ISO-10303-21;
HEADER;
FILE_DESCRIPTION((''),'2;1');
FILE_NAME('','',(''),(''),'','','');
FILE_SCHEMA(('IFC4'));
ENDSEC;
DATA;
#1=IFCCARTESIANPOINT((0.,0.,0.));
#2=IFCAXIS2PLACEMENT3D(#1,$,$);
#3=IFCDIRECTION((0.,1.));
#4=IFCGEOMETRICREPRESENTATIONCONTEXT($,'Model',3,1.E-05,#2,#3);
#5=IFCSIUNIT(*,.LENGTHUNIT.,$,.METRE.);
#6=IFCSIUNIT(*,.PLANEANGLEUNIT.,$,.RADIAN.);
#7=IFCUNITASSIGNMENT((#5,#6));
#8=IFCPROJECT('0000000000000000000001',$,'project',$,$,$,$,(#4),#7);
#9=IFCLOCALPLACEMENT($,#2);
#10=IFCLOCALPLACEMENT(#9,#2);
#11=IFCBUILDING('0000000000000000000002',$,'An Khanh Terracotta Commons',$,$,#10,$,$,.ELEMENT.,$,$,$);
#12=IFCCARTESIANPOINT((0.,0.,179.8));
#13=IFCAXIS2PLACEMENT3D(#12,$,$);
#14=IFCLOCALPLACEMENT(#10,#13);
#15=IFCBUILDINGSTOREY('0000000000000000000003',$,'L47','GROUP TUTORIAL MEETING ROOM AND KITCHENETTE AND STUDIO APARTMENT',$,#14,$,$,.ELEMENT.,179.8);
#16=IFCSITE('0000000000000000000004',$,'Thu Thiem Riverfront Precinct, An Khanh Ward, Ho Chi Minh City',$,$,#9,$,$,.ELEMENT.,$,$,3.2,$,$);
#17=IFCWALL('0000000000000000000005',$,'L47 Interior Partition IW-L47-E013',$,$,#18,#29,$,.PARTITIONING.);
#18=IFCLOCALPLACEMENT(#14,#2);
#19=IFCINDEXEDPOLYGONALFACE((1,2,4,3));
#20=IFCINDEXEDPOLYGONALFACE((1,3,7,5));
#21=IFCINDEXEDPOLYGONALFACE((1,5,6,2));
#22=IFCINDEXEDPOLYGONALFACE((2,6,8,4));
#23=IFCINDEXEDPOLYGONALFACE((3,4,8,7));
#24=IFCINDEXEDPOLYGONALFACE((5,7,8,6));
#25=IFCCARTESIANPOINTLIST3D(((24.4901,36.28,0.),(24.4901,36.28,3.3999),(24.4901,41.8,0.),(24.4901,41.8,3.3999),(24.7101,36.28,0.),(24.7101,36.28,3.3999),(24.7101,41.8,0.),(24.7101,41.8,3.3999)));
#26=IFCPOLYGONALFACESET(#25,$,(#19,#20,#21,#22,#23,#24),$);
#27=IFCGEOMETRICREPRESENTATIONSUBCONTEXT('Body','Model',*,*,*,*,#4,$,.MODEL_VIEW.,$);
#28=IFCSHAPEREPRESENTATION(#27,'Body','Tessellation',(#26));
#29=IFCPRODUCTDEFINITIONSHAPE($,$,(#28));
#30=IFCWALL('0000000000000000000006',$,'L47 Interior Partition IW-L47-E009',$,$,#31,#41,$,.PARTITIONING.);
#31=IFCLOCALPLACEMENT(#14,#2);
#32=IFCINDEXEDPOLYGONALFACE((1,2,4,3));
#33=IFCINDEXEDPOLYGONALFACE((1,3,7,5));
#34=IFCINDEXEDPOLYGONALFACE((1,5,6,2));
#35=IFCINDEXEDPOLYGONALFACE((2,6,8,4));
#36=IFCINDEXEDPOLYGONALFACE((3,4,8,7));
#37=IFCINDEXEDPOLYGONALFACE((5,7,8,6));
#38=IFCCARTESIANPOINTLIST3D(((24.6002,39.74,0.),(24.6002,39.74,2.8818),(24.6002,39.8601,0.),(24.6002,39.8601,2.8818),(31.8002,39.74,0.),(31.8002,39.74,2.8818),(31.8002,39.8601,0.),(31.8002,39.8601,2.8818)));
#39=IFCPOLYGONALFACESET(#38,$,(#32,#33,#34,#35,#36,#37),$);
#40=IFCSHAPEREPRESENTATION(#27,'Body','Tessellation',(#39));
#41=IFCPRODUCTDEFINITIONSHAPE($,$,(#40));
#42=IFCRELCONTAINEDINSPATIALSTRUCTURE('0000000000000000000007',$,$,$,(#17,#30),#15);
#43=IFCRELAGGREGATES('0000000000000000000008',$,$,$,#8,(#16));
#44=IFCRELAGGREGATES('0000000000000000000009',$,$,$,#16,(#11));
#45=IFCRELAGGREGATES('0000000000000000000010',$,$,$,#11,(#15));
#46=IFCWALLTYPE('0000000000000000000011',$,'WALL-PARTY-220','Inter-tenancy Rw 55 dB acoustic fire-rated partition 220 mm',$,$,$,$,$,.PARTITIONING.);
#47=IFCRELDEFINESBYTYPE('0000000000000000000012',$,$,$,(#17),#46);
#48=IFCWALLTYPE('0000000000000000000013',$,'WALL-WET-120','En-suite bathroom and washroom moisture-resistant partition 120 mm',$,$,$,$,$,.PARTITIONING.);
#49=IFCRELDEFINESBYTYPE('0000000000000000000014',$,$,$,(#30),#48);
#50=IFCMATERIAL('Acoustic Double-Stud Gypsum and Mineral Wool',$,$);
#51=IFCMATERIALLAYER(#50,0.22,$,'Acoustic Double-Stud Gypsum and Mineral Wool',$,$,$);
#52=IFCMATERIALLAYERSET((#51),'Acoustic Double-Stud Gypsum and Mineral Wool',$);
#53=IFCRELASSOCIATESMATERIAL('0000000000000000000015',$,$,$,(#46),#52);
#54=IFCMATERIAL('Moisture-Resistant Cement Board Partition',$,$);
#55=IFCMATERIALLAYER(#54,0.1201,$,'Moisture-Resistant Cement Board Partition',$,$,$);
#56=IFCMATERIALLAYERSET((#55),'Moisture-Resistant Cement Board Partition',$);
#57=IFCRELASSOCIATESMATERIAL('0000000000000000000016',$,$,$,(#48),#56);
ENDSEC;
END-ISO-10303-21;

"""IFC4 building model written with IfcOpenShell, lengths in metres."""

from ifc_helpers import new_model, si_unit, direction, frame, frame_2d, origin, place, context, subcontext, project, spatial, rectangle, extrude, material, layer, layer_set, type_object, element, save


model = new_model("IFC4")

# Units and contexts
model_context = context("Model", 3, precision=1e-05, world=origin(), true_north=direction((0.0, 1.0)))
body_context = subcontext(model_context, "Body", "Model", "MODEL_VIEW")
ifc_project = project(units=[si_unit("LENGTHUNIT", "METRE"), si_unit("PLANEANGLEUNIT", "RADIAN")], contexts=[model_context])

# Site, building, storey
site_placement = place(None, origin())
site = spatial("IfcSite", under=ifc_project, at=site_placement, Name="Thu Thiem Riverfront Precinct, An Khanh Ward, Ho Chi Minh City", CompositionType="ELEMENT", RefElevation=3.2)
building_placement = place(site_placement, origin())
building = spatial("IfcBuilding", under=site, at=building_placement, Name="An Khanh Terracotta Commons", CompositionType="ELEMENT")
storey_placement = place(building_placement, frame((0.0, 0.0, 179.8)))
storey = spatial("IfcBuildingStorey", under=building, at=storey_placement, Name="L47", Description="GROUP TUTORIAL MEETING ROOM AND KITCHENETTE AND STUDIO APARTMENT", CompositionType="ELEMENT", Elevation=179.8)

# Shared definitions
ifc_material_1 = material(Name="Acoustic Double-Stud Gypsum and Mineral Wool")
ifc_layer_1 = layer(ifc_material_1, 0.22, Name="Acoustic Double-Stud Gypsum and Mineral Wool")
ifc_layer_set_1 = layer_set([ifc_layer_1], Name="Acoustic Double-Stud Gypsum and Mineral Wool")
wall_type_1 = type_object("IfcWallType", Name="WALL-PARTY-220", Description="Inter-tenancy Rw 55 dB acoustic fire-rated partition 220 mm", PredefinedType="PARTITIONING", material=ifc_layer_set_1)

# Walls
wall_1_placement = place(storey_placement, frame((24.6001, 36.28, 0.0), z_axis=(0.0, 0.0, 1.0), x_axis=(0.0, 1.0, 0.0)))
element("IfcWall", 1, at=wall_1_placement, inside=storey, type_object=wall_type_1, Name="L47 Interior Partition IW-L47-E013", PredefinedType="PARTITIONING", context=body_context, shape_type="SweptSolid", body=[
    extrude(rectangle(XDim=5.52, YDim=0.22, at=frame_2d((2.76, 0.0))), origin(), (0.0, 0.0, 1.0), 3.3999),
])
ifc_material_2 = material(Name="Moisture-Resistant Cement Board Partition")
ifc_layer_2 = layer(ifc_material_2, 0.1201, Name="Moisture-Resistant Cement Board Partition")
ifc_layer_set_2 = layer_set([ifc_layer_2], Name="Moisture-Resistant Cement Board Partition")
wall_type_2 = type_object("IfcWallType", Name="WALL-WET-120", Description="En-suite bathroom and washroom moisture-resistant partition 120 mm", PredefinedType="PARTITIONING", material=ifc_layer_set_2)
wall_2_placement = place(storey_placement, frame((24.6001, 39.8, 0.0), z_axis=(0.0, 0.0, 1.0), x_axis=(1.0, 0.0, 0.0)))
element("IfcWall", 2, at=wall_2_placement, inside=storey, type_object=wall_type_2, Name="L47 Interior Partition IW-L47-E009", PredefinedType="PARTITIONING", context=body_context, shape_type="SweptSolid", body=[
    extrude(rectangle(XDim=7.2, YDim=0.1201, at=frame_2d((3.6001, 0.0))), origin(), (0.0, 0.0, 1.0), 2.8818),
])

save(model, "model.ifc")
